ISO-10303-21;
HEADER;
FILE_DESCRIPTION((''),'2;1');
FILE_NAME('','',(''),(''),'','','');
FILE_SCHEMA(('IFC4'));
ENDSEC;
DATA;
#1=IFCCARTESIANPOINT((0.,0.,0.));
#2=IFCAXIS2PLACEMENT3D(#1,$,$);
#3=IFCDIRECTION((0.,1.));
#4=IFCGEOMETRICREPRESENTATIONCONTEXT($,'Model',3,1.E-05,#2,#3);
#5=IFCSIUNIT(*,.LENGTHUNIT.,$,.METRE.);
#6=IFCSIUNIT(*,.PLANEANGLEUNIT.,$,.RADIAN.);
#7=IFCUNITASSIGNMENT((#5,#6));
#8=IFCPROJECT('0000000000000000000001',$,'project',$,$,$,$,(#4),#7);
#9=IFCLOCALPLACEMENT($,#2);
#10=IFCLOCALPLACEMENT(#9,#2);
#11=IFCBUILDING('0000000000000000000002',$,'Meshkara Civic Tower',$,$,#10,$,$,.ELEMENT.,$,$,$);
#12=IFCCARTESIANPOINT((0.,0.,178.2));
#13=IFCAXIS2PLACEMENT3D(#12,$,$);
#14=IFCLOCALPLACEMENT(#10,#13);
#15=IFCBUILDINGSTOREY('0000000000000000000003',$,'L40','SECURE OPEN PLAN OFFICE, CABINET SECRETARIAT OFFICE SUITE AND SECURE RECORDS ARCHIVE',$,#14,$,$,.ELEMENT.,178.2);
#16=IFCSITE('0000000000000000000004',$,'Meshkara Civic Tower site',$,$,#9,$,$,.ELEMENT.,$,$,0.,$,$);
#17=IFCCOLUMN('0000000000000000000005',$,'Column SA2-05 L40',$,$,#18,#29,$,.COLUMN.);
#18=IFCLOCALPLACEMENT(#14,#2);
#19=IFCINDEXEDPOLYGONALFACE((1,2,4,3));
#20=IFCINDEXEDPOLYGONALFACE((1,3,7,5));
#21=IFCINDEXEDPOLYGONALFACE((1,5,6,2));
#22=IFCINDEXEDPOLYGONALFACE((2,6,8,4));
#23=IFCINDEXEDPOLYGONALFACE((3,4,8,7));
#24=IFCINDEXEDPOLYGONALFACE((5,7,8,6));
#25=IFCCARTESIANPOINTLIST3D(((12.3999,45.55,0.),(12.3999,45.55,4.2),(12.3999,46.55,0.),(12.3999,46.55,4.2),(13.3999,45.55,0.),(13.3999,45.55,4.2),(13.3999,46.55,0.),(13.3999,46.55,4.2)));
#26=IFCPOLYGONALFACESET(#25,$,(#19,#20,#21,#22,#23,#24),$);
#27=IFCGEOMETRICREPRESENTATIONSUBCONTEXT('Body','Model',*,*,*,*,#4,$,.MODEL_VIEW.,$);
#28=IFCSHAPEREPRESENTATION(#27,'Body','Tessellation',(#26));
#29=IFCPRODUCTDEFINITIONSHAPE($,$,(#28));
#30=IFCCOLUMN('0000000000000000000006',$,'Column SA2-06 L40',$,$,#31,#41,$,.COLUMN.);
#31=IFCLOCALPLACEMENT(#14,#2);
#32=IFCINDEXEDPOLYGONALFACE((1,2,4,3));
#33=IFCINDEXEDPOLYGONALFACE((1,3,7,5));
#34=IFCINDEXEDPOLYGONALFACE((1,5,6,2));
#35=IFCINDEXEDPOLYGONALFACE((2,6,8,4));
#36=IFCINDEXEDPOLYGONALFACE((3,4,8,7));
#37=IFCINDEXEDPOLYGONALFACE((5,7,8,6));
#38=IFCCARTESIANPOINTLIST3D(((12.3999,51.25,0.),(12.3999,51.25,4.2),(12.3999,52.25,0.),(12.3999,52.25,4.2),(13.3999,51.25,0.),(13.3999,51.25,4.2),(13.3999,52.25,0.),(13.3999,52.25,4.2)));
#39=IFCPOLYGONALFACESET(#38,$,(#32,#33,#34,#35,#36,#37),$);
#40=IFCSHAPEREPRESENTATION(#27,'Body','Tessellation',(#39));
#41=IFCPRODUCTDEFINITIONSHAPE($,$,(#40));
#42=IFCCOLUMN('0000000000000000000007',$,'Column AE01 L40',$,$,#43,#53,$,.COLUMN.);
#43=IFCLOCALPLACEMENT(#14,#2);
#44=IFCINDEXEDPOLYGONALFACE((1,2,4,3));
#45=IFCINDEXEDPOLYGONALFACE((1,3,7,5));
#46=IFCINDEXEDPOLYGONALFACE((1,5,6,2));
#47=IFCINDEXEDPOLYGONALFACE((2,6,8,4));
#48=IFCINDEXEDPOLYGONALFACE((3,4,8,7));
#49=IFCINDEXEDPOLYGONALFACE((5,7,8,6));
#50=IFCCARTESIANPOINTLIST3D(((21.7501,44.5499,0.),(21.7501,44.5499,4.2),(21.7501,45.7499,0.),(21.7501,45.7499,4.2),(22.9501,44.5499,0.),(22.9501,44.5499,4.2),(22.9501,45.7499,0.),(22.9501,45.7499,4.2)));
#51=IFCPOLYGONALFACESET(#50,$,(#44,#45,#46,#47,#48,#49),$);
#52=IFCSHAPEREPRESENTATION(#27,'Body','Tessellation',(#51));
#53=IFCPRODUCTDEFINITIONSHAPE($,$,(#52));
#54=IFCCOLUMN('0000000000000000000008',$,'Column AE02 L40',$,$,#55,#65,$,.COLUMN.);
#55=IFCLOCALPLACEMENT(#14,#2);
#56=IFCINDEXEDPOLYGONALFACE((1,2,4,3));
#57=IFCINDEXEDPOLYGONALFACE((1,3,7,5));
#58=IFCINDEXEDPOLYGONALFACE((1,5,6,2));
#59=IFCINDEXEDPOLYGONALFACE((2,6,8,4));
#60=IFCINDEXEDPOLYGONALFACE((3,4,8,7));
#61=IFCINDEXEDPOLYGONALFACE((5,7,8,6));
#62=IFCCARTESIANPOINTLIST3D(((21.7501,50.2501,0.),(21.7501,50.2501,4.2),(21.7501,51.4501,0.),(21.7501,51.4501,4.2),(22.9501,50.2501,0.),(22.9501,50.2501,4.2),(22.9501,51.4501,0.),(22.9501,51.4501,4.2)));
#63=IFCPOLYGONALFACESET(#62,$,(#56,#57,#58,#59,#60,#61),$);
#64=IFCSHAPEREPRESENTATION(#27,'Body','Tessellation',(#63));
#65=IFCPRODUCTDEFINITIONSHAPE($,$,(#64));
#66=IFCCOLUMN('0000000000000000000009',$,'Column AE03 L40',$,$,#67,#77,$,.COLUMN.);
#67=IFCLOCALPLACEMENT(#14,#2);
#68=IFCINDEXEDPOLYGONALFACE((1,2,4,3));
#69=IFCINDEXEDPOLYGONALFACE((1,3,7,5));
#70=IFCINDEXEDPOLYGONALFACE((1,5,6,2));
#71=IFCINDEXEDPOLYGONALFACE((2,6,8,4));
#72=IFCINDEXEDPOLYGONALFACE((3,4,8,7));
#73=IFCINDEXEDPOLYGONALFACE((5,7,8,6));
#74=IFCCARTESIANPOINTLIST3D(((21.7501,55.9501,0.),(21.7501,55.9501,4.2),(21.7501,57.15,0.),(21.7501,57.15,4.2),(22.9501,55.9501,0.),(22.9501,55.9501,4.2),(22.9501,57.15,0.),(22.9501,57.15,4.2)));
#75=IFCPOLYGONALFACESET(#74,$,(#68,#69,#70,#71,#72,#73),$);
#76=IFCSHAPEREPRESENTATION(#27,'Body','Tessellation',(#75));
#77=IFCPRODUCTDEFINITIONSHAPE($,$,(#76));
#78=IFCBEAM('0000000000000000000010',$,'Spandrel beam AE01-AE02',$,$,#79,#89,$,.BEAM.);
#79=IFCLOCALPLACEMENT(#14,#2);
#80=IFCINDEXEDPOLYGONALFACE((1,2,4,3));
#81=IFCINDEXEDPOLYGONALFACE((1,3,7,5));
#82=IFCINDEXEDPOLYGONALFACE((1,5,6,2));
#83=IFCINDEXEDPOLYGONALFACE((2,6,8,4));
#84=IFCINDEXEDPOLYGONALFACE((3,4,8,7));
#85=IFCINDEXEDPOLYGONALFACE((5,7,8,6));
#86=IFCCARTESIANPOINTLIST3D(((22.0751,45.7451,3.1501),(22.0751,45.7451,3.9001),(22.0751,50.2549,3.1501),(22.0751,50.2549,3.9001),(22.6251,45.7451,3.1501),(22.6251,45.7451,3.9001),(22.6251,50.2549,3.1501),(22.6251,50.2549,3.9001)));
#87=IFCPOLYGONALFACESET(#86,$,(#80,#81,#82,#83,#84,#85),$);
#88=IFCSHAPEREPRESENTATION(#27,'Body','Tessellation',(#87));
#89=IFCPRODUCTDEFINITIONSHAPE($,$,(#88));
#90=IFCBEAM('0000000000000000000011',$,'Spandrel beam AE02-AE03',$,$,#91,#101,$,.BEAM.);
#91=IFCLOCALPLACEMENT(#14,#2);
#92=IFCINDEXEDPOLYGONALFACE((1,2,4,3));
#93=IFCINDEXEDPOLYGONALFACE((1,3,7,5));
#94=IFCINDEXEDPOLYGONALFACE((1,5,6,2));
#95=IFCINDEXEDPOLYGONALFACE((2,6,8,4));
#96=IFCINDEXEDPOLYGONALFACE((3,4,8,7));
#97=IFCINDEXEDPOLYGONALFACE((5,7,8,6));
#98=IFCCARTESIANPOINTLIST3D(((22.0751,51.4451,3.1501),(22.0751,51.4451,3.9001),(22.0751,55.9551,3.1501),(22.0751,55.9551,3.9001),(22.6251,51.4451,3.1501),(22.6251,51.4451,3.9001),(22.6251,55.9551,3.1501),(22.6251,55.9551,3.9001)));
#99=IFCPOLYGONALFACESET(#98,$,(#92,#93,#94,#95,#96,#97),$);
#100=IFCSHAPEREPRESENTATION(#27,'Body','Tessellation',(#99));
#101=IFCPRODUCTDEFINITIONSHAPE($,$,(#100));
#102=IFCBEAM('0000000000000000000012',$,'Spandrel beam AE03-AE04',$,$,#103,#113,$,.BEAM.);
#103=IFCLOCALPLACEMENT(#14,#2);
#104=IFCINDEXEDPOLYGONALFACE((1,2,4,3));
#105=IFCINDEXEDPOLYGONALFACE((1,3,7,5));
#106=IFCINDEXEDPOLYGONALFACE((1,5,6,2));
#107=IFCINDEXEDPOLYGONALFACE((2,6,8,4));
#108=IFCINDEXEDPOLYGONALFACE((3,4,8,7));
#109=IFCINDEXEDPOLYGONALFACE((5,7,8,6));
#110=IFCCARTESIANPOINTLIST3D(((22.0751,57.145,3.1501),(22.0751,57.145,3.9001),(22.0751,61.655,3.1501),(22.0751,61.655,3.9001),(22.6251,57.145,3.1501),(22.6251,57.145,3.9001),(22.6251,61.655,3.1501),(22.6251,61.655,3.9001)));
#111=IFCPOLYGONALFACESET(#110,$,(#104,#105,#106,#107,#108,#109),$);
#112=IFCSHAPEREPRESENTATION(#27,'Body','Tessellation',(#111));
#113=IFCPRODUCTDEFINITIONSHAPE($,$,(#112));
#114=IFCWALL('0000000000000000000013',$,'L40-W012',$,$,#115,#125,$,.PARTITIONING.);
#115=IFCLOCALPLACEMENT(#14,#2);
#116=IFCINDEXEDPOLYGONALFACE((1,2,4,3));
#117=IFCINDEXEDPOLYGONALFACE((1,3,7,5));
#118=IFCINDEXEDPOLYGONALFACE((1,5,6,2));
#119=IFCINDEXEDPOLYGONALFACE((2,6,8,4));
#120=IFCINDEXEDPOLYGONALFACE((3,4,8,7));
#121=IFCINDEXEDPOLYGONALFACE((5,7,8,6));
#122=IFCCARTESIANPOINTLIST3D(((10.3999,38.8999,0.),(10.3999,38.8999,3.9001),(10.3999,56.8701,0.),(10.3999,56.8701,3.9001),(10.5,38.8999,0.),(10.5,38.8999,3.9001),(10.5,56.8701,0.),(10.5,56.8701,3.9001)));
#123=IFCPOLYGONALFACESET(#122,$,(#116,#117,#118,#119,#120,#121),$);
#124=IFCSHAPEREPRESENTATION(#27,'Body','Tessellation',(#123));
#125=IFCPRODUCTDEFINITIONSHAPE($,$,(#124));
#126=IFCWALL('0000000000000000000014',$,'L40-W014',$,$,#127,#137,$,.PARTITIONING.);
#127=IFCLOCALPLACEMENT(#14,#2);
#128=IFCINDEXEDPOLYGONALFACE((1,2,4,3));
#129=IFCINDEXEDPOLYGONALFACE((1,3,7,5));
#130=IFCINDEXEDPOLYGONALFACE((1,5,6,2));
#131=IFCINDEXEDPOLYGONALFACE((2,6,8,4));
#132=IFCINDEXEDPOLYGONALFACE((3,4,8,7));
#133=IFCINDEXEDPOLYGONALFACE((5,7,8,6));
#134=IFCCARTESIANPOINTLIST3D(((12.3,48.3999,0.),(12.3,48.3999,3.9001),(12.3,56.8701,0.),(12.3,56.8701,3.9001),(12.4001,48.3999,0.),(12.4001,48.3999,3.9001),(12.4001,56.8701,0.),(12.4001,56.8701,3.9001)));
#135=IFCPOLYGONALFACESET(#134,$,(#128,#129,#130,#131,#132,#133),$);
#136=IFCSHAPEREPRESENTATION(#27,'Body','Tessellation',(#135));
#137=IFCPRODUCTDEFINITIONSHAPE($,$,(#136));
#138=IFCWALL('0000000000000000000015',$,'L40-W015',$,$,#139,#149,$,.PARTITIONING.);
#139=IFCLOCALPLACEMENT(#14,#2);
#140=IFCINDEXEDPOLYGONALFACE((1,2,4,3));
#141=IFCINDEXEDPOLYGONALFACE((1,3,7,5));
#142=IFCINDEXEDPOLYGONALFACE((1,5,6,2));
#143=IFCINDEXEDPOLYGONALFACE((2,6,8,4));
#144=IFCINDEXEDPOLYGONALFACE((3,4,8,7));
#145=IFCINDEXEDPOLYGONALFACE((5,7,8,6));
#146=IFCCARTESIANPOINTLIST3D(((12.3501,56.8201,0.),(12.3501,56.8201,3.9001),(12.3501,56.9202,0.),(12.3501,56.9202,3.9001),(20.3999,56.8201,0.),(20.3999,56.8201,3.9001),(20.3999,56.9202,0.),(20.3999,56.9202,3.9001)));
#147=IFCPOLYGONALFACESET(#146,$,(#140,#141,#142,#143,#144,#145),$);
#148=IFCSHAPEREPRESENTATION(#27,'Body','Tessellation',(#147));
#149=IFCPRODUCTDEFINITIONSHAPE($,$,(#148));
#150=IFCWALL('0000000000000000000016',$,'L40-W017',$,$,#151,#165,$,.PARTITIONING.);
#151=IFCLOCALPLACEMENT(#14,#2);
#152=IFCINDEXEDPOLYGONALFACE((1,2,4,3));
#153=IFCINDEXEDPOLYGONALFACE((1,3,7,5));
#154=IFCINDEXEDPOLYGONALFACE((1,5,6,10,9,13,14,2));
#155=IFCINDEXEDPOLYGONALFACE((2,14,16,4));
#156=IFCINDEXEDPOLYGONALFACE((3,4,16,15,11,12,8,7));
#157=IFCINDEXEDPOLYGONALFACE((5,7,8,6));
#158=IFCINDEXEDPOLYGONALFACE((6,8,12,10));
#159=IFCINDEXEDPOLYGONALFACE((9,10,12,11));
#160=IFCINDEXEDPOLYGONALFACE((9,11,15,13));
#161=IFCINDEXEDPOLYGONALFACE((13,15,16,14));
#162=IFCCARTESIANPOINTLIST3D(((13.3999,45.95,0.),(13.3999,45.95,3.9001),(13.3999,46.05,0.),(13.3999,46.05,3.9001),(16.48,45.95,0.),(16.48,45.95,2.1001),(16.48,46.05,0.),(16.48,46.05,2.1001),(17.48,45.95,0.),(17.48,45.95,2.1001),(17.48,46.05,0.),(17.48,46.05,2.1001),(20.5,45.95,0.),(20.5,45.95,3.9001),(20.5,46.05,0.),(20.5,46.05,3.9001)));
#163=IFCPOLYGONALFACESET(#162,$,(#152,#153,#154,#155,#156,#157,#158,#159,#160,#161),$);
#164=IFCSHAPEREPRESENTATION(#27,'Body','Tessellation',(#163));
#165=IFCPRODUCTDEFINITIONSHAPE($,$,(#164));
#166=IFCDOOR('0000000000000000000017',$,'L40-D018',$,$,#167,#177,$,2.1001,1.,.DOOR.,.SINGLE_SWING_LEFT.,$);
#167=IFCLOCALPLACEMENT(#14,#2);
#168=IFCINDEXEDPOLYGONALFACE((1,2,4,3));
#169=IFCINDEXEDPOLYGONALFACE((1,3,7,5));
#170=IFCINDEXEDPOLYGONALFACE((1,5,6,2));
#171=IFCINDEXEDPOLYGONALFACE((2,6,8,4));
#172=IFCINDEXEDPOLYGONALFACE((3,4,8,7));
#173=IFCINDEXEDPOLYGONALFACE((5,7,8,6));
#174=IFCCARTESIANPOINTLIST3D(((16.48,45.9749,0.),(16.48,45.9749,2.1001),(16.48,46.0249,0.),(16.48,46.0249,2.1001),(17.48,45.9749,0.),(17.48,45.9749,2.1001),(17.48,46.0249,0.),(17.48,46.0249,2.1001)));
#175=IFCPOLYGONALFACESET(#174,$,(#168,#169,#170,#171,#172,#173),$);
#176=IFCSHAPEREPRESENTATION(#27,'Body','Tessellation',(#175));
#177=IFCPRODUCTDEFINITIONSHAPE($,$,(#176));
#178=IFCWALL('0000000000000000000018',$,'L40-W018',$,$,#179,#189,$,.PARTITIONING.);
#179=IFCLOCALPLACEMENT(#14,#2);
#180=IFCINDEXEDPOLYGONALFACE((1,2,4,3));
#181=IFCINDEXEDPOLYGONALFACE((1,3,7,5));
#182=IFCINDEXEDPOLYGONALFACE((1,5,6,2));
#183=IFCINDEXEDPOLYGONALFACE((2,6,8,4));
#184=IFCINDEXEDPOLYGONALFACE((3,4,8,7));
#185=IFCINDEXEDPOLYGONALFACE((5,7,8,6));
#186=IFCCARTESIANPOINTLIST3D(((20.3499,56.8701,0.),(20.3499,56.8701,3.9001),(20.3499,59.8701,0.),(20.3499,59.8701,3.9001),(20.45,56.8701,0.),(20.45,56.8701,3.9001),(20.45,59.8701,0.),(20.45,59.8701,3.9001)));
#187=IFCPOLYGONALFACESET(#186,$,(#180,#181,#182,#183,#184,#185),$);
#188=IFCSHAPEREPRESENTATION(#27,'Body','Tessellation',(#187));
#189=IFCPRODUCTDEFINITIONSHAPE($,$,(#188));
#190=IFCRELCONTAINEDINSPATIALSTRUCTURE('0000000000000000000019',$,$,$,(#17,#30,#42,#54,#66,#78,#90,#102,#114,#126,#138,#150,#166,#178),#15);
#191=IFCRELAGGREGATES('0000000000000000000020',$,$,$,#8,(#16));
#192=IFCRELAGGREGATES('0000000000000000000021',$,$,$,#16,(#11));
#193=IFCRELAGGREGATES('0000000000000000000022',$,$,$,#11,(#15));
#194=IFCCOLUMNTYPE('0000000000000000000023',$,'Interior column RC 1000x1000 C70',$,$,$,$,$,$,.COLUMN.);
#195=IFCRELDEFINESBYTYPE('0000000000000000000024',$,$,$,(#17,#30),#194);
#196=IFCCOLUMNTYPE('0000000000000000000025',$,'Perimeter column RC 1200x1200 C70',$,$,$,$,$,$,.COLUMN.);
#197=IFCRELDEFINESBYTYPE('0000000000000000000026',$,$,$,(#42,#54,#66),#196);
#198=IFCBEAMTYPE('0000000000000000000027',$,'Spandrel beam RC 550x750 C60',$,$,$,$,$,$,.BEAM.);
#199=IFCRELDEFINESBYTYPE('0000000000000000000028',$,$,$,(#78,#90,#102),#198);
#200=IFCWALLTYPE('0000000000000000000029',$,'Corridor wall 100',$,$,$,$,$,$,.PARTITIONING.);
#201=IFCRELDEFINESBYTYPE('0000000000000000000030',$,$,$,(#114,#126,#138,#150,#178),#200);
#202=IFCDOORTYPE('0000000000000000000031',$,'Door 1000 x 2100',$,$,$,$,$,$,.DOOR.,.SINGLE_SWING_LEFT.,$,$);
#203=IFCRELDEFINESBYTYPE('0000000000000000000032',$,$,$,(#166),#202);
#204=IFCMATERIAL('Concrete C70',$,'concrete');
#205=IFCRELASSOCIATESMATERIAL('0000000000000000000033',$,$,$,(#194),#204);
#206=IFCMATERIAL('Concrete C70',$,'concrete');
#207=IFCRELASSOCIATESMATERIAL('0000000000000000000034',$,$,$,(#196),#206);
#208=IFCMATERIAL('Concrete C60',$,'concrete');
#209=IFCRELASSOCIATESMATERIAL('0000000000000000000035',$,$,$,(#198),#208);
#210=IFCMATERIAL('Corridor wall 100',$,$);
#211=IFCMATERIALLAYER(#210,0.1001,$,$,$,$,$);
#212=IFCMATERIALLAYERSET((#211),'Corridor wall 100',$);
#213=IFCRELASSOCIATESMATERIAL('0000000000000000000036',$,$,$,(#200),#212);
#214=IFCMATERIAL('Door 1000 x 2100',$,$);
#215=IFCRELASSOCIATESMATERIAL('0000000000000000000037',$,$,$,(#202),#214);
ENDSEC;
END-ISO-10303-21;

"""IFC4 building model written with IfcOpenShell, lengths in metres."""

from ifc_helpers import new_model, si_unit, direction, frame, frame_2d, origin, origin_2d, place, context, subcontext, project, spatial, rectangle, extrude, material, layer, layer_set, material_profile, profile_set, type_object, element, fill, save


model = new_model("IFC4")

# Units and contexts
model_context = context("Model", 3, precision=1e-05, world=origin(), true_north=direction((0.0, 1.0)))
body_context = subcontext(model_context, "Body", "Model", "MODEL_VIEW")
ifc_project = project(units=[si_unit("LENGTHUNIT", "METRE"), si_unit("PLANEANGLEUNIT", "RADIAN")], contexts=[model_context])

# Site, building, storey
site_placement = place(None, origin())
site = spatial("IfcSite", under=ifc_project, at=site_placement, Name="Meshkara Civic Tower site", CompositionType="ELEMENT", RefElevation=0.0)
building_placement = place(site_placement, origin())
building = spatial("IfcBuilding", under=site, at=building_placement, Name="Meshkara Civic Tower", CompositionType="ELEMENT")
storey_placement = place(building_placement, frame((0.0, 0.0, 178.2)))
storey = spatial("IfcBuildingStorey", under=building, at=storey_placement, Name="L40", Description="SECURE OPEN PLAN OFFICE, CABINET SECRETARIAT OFFICE SUITE AND SECURE RECORDS ARCHIVE", CompositionType="ELEMENT", Elevation=178.2)

# Columns
ifc_material_1 = material(Name="Concrete C70", Category="concrete")
ifc_material_profile_1 = material_profile(ifc_material_1, rectangle(XDim=1.0, YDim=1.0, at=origin_2d()))
ifc_profile_set_1 = profile_set([ifc_material_profile_1], Name="Concrete C70")
column_type_1 = type_object("IfcColumnType", Name="Interior column RC 1000x1000 C70", PredefinedType="COLUMN", material=ifc_profile_set_1)
for number, where, z_axis, x_axis, name in (
    (1, (12.8999, 46.05, 0.0), (0.0, 0.0, 1.0), (1.0, 0.0, 0.0), "Column SA2-05 L40"),
    (2, (12.8999, 51.75, 0.0), (0.0, 0.0, 1.0), (1.0, 0.0, 0.0), "Column SA2-06 L40"),
):
    element("IfcColumn", number, at=place(storey_placement, frame(where, z_axis=z_axis, x_axis=x_axis)), inside=storey, type_object=column_type_1, Name=name, PredefinedType="COLUMN", context=body_context, shape_type="SweptSolid", body=[
        extrude(rectangle(XDim=1.0, YDim=1.0, at=origin_2d()), origin(), (0.0, 0.0, 1.0), 4.2),
    ])
ifc_material_2 = material(Name="Concrete C70", Category="concrete")
ifc_material_profile_2 = material_profile(ifc_material_2, rectangle(XDim=1.2, YDim=1.2, at=origin_2d()))
ifc_profile_set_2 = profile_set([ifc_material_profile_2], Name="Concrete C70")
column_type_2 = type_object("IfcColumnType", Name="Perimeter column RC 1200x1200 C70", PredefinedType="COLUMN", material=ifc_profile_set_2)
for number, where, z_axis, x_axis, name in (
    (3, (22.3501, 45.1499, 0.0), (0.0, 0.0, 1.0), (1.0, 0.0, 0.0), "Column AE01 L40"),
    (4, (22.3501, 50.8501, 0.0), (0.0, 0.0, 1.0), (1.0, 0.0, 0.0), "Column AE02 L40"),
    (5, (22.3501, 56.55, 0.0), (0.0, 0.0, 1.0), (1.0, 0.0, 0.0), "Column AE03 L40"),
):
    element("IfcColumn", number, at=place(storey_placement, frame(where, z_axis=z_axis, x_axis=x_axis)), inside=storey, type_object=column_type_2, Name=name, PredefinedType="COLUMN", context=body_context, shape_type="SweptSolid", body=[
        extrude(rectangle(XDim=1.2, YDim=1.2, at=origin_2d()), origin(), (0.0, 0.0, 1.0), 4.2),
    ])

# Beams
ifc_material_3 = material(Name="Concrete C60", Category="concrete")
ifc_material_profile_3 = material_profile(ifc_material_3, rectangle(XDim=0.55, YDim=0.75, at=origin_2d()))
ifc_profile_set_3 = profile_set([ifc_material_profile_3], Name="Concrete C60")
beam_type = type_object("IfcBeamType", Name="Spandrel beam RC 550x750 C60", PredefinedType="BEAM", material=ifc_profile_set_3)
beam_placement = place(storey_placement, frame((22.3501, 45.7451, 3.5251), z_axis=(0.0, 1.0, 0.0), x_axis=(-1.0, 0.0, 0.0)))
element("IfcBeam", 6, at=beam_placement, inside=storey, type_object=beam_type, Name="Spandrel beam AE01-AE02", PredefinedType="BEAM", context=body_context, shape_type="SweptSolid", body=[
    extrude(rectangle(XDim=0.55, YDim=0.75, at=origin_2d()), origin(), (0.0, 0.0, 1.0), 4.5098),
])
for number, where, z_axis, x_axis, name in (
    (7, (22.3501, 51.4451, 3.5251), (0.0, 1.0, 0.0), (-1.0, 0.0, 0.0), "Spandrel beam AE02-AE03"),
    (8, (22.3501, 57.145, 3.5251), (0.0, 1.0, 0.0), (-1.0, 0.0, 0.0), "Spandrel beam AE03-AE04"),
):
    element("IfcBeam", number, at=place(storey_placement, frame(where, z_axis=z_axis, x_axis=x_axis)), inside=storey, type_object=beam_type, Name=name, PredefinedType="BEAM", context=body_context, shape_type="SweptSolid", body=[
        extrude(rectangle(XDim=0.55, YDim=0.75, at=origin_2d()), origin(), (0.0, 0.0, 1.0), 4.51),
    ])

# Walls
ifc_material_4 = material(Name="Corridor wall 100")
ifc_layer_1 = layer(ifc_material_4, 0.1001)
ifc_layer_set_1 = layer_set([ifc_layer_1], Name="Corridor wall 100")
wall_type_1 = type_object("IfcWallType", Name="Corridor wall 100", PredefinedType="PARTITIONING", material=ifc_layer_set_1)
wall_1_placement = place(storey_placement, frame((10.45, 56.8701, 0.0), z_axis=(0.0, 0.0, 1.0), x_axis=(0.0, -1.0, 0.0)))
element("IfcWall", 9, at=wall_1_placement, inside=storey, type_object=wall_type_1, Name="L40-W012", PredefinedType="PARTITIONING", context=body_context, shape_type="SweptSolid", body=[
    extrude(rectangle(XDim=17.9702, YDim=0.1001, at=frame_2d((8.9851, 0.0))), origin(), (0.0, 0.0, 1.0), 3.9001),
])
wall_2_placement = place(storey_placement, frame((12.3501, 48.3999, 0.0), z_axis=(0.0, 0.0, 1.0), x_axis=(0.0, 1.0, 0.0)))
element("IfcWall", 10, at=wall_2_placement, inside=storey, type_object=wall_type_1, Name="L40-W014", PredefinedType="PARTITIONING", context=body_context, shape_type="SweptSolid", body=[
    extrude(rectangle(XDim=8.4702, YDim=0.1001, at=frame_2d((4.2351, 0.0))), origin(), (0.0, 0.0, 1.0), 3.9001),
])
wall_3_placement = place(storey_placement, frame((12.3501, 56.8701, 0.0), z_axis=(0.0, 0.0, 1.0), x_axis=(1.0, 0.0, 0.0)))
element("IfcWall", 11, at=wall_3_placement, inside=storey, type_object=wall_type_1, Name="L40-W015", PredefinedType="PARTITIONING", context=body_context, shape_type="SweptSolid", body=[
    extrude(rectangle(XDim=8.0498, YDim=0.1001, at=frame_2d((4.0249, 0.0))), origin(), (0.0, 0.0, 1.0), 3.9001),
])

# Wall, opening, door
wall_4_placement = place(storey_placement, frame((13.3999, 46.0, 0.0), z_axis=(0.0, 0.0, 1.0), x_axis=(1.0, 0.0, 0.0)))
wall_4 = element("IfcWall", 12, at=wall_4_placement, inside=storey, type_object=wall_type_1, Name="L40-W017", PredefinedType="PARTITIONING", context=body_context, shape_type="SweptSolid", body=[
    extrude(rectangle(XDim=7.1001, YDim=0.1001, at=frame_2d((3.55, 0.0))), origin(), (0.0, 0.0, 1.0), 3.9001),
])
opening_1_placement = place(wall_4_placement, frame((3.0801, 0.0, 0.0)))
opening_1 = element("IfcOpeningElement", 13, at=opening_1_placement, cuts=wall_4, PredefinedType="OPENING", context=body_context, shape_type="SweptSolid", body=[
    extrude(rectangle(XDim=1.0, YDim=2.1001, at=frame_2d((0.5, 1.05))), frame((0.0, 0.0601, 0.0), z_axis=(0.0, -1.0, 0.0), x_axis=(1.0, 0.0, 0.0)), (0.0, 0.0, 1.0), 0.1201),
])
ifc_material_5 = material(Name="Door 1000 x 2100")
door_type = type_object("IfcDoorType", Name="Door 1000 x 2100", OperationType="SINGLE_SWING_LEFT", PredefinedType="DOOR", material=ifc_material_5)
door_1_placement = place(opening_1_placement, origin())
door_1 = element("IfcDoor", 14, at=door_1_placement, inside=storey, type_object=door_type, Name="L40-D018", OperationType="SINGLE_SWING_LEFT", OverallHeight=2.1001, OverallWidth=1.0, PredefinedType="DOOR", context=body_context, shape_type="SweptSolid", body=[
    extrude(rectangle(XDim=1.0, YDim=2.1001, at=frame_2d((0.5, 1.05))), frame((0.0, 0.0249, 0.0), z_axis=(0.0, -1.0, 0.0), x_axis=(1.0, 0.0, 0.0)), (0.0, 0.0, 1.0), 0.05),
])
fill(opening_1, door_1)

# Wall
wall_5_placement = place(storey_placement, frame((20.3999, 56.8701, 0.0), z_axis=(0.0, 0.0, 1.0), x_axis=(0.0, 1.0, 0.0)))
element("IfcWall", 15, at=wall_5_placement, inside=storey, type_object=wall_type_1, Name="L40-W018", PredefinedType="PARTITIONING", context=body_context, shape_type="SweptSolid", body=[
    extrude(rectangle(XDim=3.0, YDim=0.1001, at=frame_2d((1.5, 0.0))), origin(), (0.0, 0.0, 1.0), 3.9001),
])

save(model, "model.ifc")
